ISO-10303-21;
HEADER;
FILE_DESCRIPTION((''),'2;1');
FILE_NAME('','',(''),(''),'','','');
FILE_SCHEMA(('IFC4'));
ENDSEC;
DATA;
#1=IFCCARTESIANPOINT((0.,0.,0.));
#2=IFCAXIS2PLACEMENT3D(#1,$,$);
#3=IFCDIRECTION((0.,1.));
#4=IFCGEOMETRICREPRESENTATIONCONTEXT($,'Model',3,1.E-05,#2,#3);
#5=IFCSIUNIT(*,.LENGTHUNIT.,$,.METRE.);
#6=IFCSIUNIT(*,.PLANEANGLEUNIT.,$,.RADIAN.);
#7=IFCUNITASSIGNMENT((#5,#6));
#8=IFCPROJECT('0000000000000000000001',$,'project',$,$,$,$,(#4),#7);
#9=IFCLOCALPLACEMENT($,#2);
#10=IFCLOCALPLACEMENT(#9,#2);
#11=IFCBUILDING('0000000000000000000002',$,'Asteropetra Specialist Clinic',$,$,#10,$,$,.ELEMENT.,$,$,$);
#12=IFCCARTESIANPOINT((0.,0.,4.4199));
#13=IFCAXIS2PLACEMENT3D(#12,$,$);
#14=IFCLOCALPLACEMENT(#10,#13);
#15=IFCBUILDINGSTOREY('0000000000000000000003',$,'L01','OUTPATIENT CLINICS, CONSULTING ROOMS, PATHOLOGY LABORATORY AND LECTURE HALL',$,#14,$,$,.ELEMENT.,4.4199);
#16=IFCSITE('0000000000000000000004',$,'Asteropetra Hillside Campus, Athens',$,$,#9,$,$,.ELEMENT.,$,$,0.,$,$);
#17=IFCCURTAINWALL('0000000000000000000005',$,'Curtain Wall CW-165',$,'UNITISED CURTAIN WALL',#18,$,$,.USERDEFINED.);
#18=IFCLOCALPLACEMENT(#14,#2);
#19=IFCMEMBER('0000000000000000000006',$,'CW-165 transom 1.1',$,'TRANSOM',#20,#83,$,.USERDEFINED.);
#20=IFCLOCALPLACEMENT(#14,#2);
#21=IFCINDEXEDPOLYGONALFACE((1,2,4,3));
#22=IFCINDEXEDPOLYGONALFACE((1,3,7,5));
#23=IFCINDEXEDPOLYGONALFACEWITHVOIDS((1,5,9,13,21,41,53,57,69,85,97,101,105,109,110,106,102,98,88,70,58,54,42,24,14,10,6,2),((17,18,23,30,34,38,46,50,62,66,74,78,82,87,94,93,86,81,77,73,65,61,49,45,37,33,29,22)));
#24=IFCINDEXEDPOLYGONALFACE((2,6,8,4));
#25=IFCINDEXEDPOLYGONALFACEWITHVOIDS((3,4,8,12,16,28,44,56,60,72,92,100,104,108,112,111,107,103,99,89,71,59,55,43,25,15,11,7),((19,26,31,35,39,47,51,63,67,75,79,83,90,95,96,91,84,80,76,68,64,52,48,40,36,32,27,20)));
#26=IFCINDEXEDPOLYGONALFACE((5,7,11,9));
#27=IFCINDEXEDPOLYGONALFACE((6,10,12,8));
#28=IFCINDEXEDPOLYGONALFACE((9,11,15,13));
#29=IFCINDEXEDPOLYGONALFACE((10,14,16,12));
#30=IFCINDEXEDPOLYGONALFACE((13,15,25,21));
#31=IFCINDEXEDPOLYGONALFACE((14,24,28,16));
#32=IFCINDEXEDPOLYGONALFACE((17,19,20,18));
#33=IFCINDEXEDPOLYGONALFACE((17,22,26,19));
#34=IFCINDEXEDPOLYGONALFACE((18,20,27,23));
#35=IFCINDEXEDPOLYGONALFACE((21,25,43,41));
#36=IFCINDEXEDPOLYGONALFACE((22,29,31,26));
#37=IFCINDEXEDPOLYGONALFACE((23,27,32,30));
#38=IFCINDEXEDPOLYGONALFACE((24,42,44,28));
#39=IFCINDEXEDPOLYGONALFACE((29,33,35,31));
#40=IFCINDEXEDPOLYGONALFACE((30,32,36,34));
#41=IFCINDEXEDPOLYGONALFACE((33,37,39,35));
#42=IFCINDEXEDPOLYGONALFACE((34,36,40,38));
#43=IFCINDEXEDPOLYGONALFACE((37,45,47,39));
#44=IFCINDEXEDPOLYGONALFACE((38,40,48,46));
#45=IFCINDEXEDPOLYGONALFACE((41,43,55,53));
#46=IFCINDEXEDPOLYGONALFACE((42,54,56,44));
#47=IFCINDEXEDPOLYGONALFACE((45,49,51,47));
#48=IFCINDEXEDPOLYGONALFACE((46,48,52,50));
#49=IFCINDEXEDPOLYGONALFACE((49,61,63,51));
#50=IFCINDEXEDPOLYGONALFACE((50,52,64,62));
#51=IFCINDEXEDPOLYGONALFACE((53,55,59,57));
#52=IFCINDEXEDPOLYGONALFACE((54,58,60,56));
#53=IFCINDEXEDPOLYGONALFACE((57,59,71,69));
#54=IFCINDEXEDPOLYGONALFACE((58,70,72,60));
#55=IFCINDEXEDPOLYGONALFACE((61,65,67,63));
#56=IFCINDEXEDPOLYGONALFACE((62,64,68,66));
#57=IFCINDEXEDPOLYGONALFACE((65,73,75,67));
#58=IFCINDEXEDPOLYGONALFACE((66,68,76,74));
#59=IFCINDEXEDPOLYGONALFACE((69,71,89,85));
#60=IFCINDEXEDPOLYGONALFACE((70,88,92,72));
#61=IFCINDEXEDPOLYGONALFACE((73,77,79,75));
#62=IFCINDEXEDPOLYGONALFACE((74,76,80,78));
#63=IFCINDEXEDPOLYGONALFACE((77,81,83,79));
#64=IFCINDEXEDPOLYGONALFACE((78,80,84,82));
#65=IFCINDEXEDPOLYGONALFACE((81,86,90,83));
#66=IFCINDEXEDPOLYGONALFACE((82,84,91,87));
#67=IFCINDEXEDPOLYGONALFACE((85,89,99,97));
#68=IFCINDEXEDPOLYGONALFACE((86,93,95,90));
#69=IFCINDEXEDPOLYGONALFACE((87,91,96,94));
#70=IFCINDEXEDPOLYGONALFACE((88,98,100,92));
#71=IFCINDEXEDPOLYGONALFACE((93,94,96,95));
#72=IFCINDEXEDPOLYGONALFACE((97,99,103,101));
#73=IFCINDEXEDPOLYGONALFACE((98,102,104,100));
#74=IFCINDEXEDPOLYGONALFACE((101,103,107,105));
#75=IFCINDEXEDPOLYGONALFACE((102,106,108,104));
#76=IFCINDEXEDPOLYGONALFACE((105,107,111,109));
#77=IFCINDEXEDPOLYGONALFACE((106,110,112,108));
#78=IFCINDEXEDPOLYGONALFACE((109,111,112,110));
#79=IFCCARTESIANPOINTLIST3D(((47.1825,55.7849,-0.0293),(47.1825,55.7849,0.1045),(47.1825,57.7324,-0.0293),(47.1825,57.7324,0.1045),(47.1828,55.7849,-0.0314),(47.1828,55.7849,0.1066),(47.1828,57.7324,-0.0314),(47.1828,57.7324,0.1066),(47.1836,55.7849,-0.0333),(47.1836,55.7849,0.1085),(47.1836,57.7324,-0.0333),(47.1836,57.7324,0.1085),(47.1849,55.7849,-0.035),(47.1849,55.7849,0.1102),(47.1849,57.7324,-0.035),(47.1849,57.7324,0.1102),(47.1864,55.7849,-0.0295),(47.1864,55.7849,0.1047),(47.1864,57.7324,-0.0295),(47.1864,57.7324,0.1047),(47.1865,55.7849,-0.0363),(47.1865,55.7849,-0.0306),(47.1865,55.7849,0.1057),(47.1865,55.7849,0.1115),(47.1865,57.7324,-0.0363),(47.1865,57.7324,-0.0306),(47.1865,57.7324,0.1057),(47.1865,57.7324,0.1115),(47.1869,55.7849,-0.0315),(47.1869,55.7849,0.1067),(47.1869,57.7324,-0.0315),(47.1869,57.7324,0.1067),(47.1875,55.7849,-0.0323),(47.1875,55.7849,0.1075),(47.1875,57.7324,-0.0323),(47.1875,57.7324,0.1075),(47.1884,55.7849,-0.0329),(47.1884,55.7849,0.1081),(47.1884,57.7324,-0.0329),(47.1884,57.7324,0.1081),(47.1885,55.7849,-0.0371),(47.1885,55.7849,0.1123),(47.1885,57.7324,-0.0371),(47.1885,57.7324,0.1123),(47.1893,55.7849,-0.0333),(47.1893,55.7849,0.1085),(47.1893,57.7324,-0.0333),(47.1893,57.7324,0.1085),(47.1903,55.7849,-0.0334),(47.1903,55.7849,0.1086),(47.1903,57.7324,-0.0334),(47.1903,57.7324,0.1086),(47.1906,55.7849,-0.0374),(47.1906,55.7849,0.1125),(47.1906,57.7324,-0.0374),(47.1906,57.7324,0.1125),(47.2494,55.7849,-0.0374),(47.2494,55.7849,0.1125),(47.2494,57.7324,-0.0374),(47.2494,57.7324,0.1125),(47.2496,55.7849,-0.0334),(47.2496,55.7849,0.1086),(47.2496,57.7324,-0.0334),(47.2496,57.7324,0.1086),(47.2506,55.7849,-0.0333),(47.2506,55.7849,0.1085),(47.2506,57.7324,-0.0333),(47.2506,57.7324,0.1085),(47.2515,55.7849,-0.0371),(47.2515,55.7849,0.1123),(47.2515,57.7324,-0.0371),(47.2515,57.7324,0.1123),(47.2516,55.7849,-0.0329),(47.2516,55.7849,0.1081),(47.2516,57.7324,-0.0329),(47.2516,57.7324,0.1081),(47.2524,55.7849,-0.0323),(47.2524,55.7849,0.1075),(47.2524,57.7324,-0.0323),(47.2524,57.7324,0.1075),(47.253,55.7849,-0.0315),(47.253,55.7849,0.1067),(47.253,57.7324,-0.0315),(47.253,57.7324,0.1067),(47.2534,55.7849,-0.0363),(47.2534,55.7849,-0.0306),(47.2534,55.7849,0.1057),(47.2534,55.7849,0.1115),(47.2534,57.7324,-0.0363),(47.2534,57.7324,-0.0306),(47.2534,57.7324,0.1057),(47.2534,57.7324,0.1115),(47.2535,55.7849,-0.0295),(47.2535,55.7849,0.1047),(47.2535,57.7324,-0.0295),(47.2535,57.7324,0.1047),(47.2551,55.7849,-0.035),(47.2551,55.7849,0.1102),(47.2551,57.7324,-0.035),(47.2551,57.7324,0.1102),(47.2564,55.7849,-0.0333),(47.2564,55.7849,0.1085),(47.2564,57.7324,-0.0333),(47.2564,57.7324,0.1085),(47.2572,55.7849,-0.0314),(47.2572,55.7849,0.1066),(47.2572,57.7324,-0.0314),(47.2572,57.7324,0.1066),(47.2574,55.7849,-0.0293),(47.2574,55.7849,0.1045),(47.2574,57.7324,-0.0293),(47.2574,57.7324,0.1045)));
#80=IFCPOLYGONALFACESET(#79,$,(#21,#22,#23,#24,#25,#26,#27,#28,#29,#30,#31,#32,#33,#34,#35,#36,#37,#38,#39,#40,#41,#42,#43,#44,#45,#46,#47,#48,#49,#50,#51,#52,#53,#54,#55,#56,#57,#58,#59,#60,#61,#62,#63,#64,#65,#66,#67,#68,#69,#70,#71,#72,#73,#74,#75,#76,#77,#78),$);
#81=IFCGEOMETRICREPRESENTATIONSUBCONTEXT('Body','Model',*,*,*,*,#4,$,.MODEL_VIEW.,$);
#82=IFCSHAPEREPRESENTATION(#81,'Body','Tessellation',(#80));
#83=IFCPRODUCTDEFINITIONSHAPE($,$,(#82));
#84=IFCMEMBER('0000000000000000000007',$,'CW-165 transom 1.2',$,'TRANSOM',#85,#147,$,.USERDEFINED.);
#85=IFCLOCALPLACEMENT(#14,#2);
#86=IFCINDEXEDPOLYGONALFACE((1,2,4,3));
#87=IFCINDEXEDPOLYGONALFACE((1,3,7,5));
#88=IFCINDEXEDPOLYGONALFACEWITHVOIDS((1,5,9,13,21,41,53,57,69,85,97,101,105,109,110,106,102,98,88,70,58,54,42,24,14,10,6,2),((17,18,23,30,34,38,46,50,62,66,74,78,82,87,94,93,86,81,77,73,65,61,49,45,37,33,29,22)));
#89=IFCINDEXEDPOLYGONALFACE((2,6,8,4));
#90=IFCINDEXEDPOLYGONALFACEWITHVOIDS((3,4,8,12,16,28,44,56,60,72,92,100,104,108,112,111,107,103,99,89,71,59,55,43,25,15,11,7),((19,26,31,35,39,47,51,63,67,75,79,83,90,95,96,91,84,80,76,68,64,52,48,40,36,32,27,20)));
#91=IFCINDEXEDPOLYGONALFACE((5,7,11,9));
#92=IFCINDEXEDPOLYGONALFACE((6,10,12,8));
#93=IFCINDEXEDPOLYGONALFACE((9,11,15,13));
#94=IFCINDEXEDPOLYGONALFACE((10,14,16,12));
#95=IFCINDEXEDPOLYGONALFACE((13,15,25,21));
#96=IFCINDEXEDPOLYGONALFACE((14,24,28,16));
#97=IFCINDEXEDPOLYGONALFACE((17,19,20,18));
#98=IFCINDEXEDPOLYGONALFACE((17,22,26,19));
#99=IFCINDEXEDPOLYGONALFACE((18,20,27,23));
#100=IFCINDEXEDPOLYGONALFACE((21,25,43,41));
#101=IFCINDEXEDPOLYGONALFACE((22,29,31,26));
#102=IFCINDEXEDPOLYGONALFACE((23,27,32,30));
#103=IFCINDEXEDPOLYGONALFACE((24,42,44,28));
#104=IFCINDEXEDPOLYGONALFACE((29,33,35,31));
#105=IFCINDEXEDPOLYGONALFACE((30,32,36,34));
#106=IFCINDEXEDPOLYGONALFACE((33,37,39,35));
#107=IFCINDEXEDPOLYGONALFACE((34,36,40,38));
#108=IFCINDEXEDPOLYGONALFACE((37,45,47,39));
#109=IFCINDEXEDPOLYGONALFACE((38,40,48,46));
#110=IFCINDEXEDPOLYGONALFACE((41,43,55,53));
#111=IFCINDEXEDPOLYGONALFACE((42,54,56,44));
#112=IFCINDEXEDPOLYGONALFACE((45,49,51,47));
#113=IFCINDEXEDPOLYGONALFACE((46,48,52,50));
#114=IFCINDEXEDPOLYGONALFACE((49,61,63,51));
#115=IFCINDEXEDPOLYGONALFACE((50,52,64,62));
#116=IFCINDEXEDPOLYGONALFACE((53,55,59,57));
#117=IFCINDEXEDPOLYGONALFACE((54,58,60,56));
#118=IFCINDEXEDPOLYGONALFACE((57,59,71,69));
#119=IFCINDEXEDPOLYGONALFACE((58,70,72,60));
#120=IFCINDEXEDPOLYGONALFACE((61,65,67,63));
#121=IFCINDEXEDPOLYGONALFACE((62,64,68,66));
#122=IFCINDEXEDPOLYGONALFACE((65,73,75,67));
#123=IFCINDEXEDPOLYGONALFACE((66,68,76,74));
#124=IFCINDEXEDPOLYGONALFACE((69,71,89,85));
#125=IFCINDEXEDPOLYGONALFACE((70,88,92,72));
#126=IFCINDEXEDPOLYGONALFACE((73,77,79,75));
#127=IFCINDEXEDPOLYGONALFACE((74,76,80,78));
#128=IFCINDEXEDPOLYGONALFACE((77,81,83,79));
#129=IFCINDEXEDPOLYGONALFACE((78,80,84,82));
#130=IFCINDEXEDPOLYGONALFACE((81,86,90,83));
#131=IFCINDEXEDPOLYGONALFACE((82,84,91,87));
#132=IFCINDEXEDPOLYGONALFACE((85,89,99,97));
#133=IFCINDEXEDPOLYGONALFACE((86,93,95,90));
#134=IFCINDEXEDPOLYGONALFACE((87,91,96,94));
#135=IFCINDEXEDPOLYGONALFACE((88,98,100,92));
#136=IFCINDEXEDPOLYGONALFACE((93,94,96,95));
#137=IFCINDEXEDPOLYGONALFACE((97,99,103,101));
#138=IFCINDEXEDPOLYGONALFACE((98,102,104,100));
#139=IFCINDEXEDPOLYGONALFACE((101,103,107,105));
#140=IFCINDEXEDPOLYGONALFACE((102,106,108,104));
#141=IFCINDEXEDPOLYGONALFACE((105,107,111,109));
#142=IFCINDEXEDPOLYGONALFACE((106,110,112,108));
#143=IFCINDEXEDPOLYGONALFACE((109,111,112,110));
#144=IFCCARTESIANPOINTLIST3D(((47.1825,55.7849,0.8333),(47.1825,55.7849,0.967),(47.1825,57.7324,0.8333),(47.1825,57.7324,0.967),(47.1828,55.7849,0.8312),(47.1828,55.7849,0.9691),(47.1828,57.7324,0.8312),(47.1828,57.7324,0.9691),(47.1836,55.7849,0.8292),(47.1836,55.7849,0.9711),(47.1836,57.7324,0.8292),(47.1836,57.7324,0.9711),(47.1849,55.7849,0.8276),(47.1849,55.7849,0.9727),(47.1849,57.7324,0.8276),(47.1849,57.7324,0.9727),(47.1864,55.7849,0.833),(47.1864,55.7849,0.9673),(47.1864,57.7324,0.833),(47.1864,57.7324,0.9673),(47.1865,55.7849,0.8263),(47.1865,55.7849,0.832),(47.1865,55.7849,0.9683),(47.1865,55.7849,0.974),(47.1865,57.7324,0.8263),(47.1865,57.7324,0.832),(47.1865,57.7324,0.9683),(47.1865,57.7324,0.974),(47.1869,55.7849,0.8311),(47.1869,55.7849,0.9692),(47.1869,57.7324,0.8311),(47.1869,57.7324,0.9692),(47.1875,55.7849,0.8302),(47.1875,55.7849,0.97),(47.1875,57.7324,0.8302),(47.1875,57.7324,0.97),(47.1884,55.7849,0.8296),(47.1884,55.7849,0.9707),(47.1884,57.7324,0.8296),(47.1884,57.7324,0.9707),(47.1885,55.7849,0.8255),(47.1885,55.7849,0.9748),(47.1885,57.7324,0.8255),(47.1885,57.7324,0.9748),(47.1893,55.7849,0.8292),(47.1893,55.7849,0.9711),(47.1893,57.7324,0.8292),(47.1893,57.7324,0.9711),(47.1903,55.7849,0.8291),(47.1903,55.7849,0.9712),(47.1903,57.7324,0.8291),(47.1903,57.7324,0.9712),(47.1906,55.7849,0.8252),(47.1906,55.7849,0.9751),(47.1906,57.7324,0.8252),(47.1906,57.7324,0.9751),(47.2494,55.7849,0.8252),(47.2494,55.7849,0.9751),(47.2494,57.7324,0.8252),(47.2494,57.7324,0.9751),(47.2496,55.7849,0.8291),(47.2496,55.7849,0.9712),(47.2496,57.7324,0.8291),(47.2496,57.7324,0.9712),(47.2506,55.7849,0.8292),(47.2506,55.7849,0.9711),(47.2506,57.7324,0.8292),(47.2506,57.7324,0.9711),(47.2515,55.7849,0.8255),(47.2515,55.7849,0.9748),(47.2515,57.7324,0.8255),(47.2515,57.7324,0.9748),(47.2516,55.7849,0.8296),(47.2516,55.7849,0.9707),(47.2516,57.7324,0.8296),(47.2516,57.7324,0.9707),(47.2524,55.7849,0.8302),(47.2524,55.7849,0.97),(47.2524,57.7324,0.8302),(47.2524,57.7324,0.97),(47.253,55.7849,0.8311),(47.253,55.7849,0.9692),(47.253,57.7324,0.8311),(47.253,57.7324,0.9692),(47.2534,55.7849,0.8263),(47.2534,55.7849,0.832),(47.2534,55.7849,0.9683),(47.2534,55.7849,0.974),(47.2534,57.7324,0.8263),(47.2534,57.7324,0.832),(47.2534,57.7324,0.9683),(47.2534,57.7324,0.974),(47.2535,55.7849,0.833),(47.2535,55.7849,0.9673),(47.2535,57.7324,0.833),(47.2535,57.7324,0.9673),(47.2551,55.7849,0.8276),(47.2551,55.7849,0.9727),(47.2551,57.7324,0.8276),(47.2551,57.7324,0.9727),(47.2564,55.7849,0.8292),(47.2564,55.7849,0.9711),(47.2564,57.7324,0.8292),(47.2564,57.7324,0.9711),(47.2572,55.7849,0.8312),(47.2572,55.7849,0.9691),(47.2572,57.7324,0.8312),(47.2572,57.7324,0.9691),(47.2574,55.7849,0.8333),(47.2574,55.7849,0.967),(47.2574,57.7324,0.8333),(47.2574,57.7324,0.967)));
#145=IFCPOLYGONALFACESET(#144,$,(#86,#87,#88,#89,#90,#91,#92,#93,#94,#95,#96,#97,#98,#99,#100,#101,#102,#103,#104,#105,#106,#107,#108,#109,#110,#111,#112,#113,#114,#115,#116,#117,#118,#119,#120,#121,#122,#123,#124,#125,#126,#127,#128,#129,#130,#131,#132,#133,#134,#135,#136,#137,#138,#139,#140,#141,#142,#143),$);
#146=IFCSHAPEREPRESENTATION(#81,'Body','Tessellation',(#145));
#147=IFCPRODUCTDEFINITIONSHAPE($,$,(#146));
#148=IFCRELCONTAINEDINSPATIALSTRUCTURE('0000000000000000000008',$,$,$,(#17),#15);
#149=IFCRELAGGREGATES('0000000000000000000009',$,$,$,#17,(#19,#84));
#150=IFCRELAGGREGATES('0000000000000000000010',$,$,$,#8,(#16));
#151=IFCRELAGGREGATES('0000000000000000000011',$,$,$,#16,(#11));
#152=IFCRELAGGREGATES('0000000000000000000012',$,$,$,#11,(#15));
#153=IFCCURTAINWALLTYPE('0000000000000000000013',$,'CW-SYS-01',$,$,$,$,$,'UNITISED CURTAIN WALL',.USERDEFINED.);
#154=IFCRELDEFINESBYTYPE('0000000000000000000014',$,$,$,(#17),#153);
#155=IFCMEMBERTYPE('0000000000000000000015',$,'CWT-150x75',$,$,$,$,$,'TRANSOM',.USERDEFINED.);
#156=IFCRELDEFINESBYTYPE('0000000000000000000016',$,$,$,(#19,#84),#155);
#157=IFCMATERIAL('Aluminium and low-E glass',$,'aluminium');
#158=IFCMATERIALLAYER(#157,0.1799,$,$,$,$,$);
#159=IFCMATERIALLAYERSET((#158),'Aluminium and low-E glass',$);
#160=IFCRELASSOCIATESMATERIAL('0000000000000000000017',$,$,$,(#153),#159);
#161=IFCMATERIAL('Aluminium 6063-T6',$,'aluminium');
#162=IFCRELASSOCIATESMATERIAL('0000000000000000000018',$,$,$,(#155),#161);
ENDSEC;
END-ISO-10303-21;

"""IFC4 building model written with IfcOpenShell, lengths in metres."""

from ifc_helpers import new_model, si_unit, direction, frame, origin, origin_2d, place, context, subcontext, project, spatial, hollow_rectangle, extrude, material, layer, layer_set, material_profile, profile_set, type_object, element, aggregate, save


model = new_model("IFC4")

# Units and contexts
model_context = context("Model", 3, precision=1e-05, world=origin(), true_north=direction((0.0, 1.0)))
body_context = subcontext(model_context, "Body", "Model", "MODEL_VIEW")
ifc_project = project(units=[si_unit("LENGTHUNIT", "METRE"), si_unit("PLANEANGLEUNIT", "RADIAN")], contexts=[model_context])

# Site, building, storey
site_placement = place(None, origin())
site = spatial("IfcSite", under=ifc_project, at=site_placement, Name="Asteropetra Hillside Campus, Athens", CompositionType="ELEMENT", RefElevation=0.0)
building_placement = place(site_placement, origin())
building = spatial("IfcBuilding", under=site, at=building_placement, Name="Asteropetra Specialist Clinic", CompositionType="ELEMENT")
storey_placement = place(building_placement, frame((0.0, 0.0, 4.4199)))
storey = spatial("IfcBuildingStorey", under=building, at=storey_placement, Name="L01", Description="OUTPATIENT CLINICS, CONSULTING ROOMS, PATHOLOGY LABORATORY AND LECTURE HALL", CompositionType="ELEMENT", Elevation=4.4199)

# Curtain wall
ifc_material_1 = material(Name="Aluminium and low-E glass", Category="aluminium")
ifc_layer_1 = layer(ifc_material_1, 0.1799)
ifc_layer_set_1 = layer_set([ifc_layer_1], Name="Aluminium and low-E glass")
curtain_wall_type_1 = type_object("IfcCurtainWallType", Name="CW-SYS-01", ElementType="UNITISED CURTAIN WALL", PredefinedType="USERDEFINED", material=ifc_layer_set_1)
curtain_wall_1_placement = place(storey_placement, origin())
curtain_wall_1 = element("IfcCurtainWall", 1, at=curtain_wall_1_placement, inside=storey, type_object=curtain_wall_type_1, Name="Curtain Wall CW-165", ObjectType="UNITISED CURTAIN WALL", PredefinedType="USERDEFINED")

# Members
ifc_material_2 = material(Name="Aluminium 6063-T6", Category="aluminium")
ifc_material_profile_1 = material_profile(ifc_material_2, hollow_rectangle(XDim=0.075, YDim=0.1499, WallThickness=0.0039, InnerFilletRadius=0.0039, OuterFilletRadius=0.0081, at=origin_2d()), Name="TRN 150x75x4.0")
ifc_profile_set_1 = profile_set([ifc_material_profile_1], Name="Aluminium 6063-T6")
member_type_1 = type_object("IfcMemberType", Name="CWT-150x75", ElementType="TRANSOM", PredefinedType="USERDEFINED", material=ifc_profile_set_1)
member_1_placement = place(storey_placement, frame((47.22, 55.7849, 0.0376), z_axis=(0.0, 1.0, 0.0), x_axis=(-1.0, 0.0, 0.0)))
member_1 = element("IfcMember", 2, at=member_1_placement, type_object=member_type_1, Name="CW-165 transom 1.1", ObjectType="TRANSOM", PredefinedType="USERDEFINED", context=body_context, shape_type="SweptSolid", body=[
    extrude(hollow_rectangle(XDim=0.075, YDim=0.1499, WallThickness=0.0039, InnerFilletRadius=0.0039, OuterFilletRadius=0.0081, at=origin_2d()), origin(), (0.0, 0.0, 1.0), 1.9475),
])
member_2_placement = place(storey_placement, frame((47.22, 55.7849, 0.9001), z_axis=(0.0, 1.0, 0.0), x_axis=(-1.0, 0.0, 0.0)))
member_2 = element("IfcMember", 3, at=member_2_placement, type_object=member_type_1, Name="CW-165 transom 1.2", ObjectType="TRANSOM", PredefinedType="USERDEFINED", context=body_context, shape_type="SweptSolid", body=[
    extrude(hollow_rectangle(XDim=0.075, YDim=0.1499, WallThickness=0.0039, InnerFilletRadius=0.0039, OuterFilletRadius=0.0081, at=origin_2d()), origin(), (0.0, 0.0, 1.0), 1.9475),
])

aggregate(curtain_wall_1, [member_1, member_2])

save(model, "model.ifc")
